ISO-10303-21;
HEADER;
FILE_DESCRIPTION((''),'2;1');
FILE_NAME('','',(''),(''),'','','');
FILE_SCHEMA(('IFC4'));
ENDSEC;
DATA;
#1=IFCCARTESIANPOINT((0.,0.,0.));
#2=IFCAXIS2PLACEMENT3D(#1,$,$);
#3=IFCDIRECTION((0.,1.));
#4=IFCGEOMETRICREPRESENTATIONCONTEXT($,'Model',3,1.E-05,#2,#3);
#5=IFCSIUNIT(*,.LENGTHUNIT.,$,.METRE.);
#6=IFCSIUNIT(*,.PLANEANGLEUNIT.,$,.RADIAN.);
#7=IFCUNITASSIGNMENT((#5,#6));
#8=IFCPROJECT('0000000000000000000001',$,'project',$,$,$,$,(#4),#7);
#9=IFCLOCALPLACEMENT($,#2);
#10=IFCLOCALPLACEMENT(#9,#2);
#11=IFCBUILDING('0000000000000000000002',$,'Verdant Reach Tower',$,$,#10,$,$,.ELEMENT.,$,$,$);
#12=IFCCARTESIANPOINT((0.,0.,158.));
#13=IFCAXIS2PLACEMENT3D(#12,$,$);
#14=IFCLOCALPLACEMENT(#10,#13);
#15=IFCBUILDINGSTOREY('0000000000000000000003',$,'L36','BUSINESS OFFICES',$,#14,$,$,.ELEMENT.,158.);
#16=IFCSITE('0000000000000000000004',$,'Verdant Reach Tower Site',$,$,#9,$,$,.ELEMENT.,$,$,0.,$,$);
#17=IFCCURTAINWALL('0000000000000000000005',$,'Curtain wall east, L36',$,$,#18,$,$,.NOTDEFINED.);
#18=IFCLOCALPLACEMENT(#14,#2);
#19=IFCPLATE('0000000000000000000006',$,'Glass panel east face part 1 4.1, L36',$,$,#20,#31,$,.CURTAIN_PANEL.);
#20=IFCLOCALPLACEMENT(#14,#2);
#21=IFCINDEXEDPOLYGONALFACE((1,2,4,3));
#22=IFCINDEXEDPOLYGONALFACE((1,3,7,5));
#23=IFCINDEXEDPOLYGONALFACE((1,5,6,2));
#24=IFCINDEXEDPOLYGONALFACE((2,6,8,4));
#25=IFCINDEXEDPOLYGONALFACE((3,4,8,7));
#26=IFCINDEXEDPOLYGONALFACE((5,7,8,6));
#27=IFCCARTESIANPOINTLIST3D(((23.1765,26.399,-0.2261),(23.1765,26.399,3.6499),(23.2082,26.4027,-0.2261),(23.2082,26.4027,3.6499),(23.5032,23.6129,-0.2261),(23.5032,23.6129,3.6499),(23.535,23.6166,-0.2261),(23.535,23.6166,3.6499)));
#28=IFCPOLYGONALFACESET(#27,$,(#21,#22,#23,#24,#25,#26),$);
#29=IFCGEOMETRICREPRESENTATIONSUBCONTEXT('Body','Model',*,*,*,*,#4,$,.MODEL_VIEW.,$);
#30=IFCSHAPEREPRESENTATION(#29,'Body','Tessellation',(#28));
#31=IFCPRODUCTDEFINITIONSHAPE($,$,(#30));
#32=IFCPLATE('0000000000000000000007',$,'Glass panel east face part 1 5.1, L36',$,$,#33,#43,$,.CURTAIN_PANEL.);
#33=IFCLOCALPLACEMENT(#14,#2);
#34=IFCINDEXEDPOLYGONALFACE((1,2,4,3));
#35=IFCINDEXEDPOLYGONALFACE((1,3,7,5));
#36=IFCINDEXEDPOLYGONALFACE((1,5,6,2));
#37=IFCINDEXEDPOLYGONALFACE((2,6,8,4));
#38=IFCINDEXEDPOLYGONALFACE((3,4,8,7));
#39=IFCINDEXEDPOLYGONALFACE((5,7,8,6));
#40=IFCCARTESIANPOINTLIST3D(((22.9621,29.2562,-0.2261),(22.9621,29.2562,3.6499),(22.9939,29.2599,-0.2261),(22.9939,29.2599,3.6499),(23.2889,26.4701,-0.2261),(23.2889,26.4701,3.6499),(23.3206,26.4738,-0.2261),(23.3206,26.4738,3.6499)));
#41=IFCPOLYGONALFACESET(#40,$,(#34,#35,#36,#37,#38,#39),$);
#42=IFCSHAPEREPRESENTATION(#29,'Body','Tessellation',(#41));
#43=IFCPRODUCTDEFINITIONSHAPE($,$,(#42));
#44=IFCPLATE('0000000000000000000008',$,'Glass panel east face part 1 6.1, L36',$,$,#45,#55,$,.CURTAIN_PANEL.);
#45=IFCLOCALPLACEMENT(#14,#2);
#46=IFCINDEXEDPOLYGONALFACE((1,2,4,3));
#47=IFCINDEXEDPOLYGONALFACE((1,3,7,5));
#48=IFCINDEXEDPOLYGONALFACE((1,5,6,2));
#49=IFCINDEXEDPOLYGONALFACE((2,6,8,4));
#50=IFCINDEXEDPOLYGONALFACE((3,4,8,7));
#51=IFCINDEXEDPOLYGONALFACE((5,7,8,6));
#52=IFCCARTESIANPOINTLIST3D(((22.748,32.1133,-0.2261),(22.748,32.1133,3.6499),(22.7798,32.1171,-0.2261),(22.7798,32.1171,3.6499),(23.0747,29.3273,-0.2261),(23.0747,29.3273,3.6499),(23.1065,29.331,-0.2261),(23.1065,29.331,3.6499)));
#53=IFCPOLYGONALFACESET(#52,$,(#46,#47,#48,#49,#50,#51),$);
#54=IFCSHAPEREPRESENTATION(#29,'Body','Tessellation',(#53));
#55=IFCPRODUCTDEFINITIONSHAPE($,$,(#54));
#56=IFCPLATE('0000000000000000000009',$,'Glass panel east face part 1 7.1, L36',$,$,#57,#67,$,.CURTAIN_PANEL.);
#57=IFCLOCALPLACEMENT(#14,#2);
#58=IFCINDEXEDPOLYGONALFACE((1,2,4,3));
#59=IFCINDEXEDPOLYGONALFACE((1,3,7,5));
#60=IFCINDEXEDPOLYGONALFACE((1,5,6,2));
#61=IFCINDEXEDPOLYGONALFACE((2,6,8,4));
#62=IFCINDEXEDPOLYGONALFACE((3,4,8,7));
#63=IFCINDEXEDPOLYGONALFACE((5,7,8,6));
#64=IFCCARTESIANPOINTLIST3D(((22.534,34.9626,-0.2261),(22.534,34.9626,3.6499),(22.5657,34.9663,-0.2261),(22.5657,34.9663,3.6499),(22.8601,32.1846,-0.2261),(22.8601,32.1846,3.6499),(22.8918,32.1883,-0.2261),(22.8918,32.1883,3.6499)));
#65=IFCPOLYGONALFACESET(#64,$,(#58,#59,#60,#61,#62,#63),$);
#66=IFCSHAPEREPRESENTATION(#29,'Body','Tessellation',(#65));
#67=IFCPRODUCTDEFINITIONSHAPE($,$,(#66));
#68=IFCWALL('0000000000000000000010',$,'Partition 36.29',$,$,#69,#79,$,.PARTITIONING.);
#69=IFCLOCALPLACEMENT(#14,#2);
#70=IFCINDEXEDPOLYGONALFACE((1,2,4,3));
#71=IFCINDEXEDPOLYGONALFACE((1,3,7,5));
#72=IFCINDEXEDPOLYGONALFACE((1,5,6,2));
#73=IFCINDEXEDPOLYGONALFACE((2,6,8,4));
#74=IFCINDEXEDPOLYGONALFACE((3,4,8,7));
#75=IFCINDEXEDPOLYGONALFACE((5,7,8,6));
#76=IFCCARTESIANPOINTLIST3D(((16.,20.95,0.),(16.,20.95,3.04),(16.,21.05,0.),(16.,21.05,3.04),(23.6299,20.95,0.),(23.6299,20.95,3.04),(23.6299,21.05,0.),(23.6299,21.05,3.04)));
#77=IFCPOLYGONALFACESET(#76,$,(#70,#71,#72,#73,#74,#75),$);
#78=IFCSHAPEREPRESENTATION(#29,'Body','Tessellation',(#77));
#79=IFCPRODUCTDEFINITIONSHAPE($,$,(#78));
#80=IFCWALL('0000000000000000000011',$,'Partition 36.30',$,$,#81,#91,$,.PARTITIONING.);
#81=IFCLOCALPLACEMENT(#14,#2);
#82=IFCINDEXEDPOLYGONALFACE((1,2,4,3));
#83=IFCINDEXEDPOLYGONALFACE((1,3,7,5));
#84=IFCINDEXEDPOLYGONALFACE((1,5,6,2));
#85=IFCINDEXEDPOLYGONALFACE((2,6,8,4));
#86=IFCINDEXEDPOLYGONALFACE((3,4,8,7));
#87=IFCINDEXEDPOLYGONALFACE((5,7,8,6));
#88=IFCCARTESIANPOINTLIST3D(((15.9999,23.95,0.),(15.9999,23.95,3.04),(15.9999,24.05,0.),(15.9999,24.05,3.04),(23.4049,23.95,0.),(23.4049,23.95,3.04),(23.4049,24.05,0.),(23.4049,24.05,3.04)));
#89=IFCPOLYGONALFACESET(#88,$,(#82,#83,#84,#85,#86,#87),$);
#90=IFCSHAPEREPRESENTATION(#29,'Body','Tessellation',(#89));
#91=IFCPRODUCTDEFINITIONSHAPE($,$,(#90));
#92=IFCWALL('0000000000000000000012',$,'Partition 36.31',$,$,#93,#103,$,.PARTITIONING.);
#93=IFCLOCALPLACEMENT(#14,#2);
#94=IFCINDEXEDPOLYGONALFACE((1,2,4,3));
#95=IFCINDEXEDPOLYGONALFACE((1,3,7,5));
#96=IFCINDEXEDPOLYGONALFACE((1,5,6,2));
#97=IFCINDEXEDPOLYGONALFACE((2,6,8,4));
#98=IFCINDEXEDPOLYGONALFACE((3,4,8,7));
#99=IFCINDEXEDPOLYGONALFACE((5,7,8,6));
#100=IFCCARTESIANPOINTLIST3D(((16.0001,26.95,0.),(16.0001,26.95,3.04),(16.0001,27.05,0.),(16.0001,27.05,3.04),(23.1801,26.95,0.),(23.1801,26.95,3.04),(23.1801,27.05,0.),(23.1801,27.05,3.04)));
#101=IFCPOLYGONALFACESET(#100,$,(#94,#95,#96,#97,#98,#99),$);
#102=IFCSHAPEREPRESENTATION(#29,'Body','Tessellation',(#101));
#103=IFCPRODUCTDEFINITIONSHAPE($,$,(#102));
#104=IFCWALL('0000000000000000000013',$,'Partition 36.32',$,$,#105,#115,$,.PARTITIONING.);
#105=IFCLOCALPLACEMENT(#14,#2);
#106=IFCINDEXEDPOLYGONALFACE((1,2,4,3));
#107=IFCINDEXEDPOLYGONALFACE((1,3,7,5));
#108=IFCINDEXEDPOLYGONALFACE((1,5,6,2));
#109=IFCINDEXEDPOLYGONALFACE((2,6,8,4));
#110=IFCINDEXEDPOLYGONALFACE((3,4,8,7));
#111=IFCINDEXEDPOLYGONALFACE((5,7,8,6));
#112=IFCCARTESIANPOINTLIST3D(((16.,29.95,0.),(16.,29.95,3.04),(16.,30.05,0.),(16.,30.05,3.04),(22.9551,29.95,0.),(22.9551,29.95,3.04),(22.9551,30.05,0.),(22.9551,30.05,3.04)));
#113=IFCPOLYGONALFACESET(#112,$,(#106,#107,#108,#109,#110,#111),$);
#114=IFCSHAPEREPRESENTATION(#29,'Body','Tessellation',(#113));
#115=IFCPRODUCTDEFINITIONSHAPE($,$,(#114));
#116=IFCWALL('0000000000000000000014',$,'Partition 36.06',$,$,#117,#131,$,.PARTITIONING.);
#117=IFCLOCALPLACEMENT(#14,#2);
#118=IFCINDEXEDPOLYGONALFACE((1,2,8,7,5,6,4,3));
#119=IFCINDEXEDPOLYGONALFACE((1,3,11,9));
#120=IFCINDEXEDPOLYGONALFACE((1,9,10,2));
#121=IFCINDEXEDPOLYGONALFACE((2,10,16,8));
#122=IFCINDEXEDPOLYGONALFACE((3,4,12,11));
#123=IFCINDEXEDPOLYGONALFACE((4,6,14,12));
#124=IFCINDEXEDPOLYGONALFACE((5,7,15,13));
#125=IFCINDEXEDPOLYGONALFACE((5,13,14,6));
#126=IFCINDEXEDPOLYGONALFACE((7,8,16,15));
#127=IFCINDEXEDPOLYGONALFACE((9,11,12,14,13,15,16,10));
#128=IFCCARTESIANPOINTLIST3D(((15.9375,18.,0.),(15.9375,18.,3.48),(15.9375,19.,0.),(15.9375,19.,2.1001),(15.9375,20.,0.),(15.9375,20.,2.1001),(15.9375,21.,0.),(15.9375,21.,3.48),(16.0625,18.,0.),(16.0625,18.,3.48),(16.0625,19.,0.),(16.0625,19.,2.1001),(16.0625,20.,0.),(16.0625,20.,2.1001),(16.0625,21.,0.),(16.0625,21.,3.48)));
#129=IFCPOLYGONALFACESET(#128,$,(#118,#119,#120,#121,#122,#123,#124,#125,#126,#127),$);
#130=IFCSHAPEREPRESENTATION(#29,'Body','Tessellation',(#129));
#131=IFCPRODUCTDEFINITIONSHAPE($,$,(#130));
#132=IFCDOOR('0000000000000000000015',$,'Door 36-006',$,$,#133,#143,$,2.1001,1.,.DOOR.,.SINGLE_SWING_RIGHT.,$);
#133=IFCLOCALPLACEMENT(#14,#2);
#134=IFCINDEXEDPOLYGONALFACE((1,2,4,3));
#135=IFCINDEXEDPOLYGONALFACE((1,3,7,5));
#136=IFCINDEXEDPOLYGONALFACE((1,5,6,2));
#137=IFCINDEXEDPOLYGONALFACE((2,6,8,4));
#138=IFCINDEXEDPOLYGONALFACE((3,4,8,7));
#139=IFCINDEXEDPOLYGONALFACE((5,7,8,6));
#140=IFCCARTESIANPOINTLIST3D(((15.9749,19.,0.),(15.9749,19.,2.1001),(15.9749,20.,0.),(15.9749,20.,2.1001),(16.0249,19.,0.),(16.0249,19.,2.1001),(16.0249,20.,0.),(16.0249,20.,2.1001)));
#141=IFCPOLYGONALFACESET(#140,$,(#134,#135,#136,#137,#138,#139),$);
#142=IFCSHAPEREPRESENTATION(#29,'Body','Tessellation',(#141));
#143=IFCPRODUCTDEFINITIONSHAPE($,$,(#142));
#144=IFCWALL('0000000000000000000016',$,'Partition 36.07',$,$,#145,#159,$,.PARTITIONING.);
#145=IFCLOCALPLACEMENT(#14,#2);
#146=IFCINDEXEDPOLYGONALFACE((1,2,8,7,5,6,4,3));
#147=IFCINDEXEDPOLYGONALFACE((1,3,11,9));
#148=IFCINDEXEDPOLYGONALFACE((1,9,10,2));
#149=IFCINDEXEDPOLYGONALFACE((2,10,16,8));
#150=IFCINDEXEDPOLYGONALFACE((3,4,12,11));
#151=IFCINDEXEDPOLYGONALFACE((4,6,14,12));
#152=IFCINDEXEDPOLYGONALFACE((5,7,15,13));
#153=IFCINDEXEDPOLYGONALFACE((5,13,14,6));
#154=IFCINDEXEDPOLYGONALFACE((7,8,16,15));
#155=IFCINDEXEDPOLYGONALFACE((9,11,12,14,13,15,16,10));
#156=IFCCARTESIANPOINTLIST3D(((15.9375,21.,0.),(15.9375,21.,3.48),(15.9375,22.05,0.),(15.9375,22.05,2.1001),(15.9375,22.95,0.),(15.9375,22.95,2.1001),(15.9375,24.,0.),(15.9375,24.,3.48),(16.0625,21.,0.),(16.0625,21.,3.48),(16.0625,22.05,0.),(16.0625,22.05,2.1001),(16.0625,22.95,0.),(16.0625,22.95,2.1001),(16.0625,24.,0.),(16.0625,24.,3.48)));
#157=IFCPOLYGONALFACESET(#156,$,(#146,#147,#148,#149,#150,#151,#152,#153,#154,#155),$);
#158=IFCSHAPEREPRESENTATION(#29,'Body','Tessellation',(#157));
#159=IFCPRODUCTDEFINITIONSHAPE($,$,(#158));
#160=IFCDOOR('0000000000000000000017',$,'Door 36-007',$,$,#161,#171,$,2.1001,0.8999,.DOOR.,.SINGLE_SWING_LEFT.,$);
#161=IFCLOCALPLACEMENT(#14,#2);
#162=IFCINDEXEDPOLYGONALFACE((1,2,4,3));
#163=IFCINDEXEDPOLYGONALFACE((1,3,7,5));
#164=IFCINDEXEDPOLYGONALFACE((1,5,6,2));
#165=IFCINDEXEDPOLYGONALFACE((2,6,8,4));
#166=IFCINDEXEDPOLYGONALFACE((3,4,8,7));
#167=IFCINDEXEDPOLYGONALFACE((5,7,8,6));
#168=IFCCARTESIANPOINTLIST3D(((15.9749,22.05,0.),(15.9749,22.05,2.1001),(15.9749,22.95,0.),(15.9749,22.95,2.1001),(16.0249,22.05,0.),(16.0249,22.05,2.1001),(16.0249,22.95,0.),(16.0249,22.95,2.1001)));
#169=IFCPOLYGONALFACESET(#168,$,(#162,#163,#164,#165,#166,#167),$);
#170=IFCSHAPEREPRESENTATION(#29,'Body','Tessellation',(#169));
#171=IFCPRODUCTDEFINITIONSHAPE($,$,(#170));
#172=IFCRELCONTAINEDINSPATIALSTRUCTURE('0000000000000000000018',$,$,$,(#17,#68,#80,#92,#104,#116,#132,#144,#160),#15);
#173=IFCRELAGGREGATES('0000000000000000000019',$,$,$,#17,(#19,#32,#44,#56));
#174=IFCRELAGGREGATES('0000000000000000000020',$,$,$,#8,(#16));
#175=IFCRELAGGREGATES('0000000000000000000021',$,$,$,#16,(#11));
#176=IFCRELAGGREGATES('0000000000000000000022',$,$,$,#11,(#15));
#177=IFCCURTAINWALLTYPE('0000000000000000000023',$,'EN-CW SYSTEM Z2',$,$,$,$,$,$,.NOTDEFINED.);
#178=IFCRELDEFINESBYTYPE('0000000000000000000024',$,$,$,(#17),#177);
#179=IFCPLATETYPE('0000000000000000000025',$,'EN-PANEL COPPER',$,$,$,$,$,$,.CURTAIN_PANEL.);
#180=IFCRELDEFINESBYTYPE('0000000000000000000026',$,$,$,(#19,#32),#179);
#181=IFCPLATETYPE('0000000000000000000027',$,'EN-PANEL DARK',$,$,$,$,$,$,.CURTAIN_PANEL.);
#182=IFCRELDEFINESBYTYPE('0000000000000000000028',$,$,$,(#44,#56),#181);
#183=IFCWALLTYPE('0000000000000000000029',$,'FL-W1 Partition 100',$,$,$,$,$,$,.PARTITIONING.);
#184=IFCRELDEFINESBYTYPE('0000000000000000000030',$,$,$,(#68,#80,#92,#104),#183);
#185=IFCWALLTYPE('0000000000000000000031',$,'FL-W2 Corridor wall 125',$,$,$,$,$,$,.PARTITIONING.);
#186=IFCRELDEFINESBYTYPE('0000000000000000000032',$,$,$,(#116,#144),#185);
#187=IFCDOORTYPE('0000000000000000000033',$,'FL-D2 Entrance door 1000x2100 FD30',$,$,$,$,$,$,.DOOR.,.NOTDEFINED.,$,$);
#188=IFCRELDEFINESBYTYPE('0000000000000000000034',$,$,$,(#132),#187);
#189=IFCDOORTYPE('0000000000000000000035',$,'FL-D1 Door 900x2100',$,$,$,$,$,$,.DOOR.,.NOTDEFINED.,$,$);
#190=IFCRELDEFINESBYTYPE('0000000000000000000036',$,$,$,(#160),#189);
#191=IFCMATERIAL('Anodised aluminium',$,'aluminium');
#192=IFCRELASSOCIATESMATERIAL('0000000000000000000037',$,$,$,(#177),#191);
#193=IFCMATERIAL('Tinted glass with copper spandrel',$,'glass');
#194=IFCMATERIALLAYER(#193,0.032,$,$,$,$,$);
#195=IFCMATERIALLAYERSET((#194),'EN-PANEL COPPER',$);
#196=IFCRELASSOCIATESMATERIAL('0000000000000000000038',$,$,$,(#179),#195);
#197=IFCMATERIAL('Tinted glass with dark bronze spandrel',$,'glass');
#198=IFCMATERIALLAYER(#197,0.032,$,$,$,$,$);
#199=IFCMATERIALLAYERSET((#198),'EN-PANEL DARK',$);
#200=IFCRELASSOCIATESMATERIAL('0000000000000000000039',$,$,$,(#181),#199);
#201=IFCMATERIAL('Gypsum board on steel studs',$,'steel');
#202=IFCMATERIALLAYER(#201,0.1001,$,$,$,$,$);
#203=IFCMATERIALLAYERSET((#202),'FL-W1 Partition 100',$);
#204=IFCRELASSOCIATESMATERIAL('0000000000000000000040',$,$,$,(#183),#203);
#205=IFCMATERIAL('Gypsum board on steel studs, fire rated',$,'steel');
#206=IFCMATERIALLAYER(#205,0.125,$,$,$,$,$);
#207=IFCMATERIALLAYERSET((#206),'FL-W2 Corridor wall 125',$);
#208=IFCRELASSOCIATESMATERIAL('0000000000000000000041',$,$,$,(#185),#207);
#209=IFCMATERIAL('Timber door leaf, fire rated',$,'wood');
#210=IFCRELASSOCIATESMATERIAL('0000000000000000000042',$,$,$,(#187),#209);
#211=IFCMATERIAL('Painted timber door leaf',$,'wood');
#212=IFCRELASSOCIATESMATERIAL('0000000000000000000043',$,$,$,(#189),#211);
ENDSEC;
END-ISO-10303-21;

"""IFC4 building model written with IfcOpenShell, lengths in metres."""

from ifc_helpers import new_model, si_unit, direction, frame, frame_2d, origin, origin_2d, place, context, subcontext, project, spatial, rectangle, extrude, material, layer, layer_set, type_object, element, fill, aggregate, save


model = new_model("IFC4")

# Units and contexts
model_context = context("Model", 3, precision=1e-05, world=origin(), true_north=direction((0.0, 1.0)))
body_context = subcontext(model_context, "Body", "Model", "MODEL_VIEW")
ifc_project = project(units=[si_unit("LENGTHUNIT", "METRE"), si_unit("PLANEANGLEUNIT", "RADIAN")], contexts=[model_context])

# Site, building, storey
site_placement = place(None, origin())
site = spatial("IfcSite", under=ifc_project, at=site_placement, Name="Verdant Reach Tower Site", CompositionType="ELEMENT", RefElevation=0.0)
building_placement = place(site_placement, origin())
building = spatial("IfcBuilding", under=site, at=building_placement, Name="Verdant Reach Tower", CompositionType="ELEMENT")
storey_placement = place(building_placement, frame((0.0, 0.0, 158.0)))
storey = spatial("IfcBuildingStorey", under=building, at=storey_placement, Name="L36", Description="BUSINESS OFFICES", CompositionType="ELEMENT", Elevation=158.0)

# Curtain wall, plates
ifc_material_1 = material(Name="Anodised aluminium", Category="aluminium")
curtain_wall_type = type_object("IfcCurtainWallType", Name="EN-CW SYSTEM Z2", PredefinedType="NOTDEFINED", material=ifc_material_1)
curtain_wall_placement = place(storey_placement, origin())
curtain_wall = element("IfcCurtainWall", 1, at=curtain_wall_placement, inside=storey, type_object=curtain_wall_type, Name="Curtain wall east, L36", PredefinedType="NOTDEFINED")
ifc_material_2 = material(Name="Tinted glass with copper spandrel", Category="glass")
ifc_layer_1 = layer(ifc_material_2, 0.032)
ifc_layer_set_1 = layer_set([ifc_layer_1], Name="EN-PANEL COPPER")
plate_type_1 = type_object("IfcPlateType", Name="EN-PANEL COPPER", PredefinedType="CURTAIN_PANEL", material=ifc_layer_set_1)
plate_1_placement = place(storey_placement, frame((23.3557, 25.0078, -0.2261), z_axis=(0.0, 0.0, 1.0), x_axis=(-0.116483, 0.993193, 0.0)))
plate_1 = element("IfcPlate", 2, at=plate_1_placement, type_object=plate_type_1, Name="Glass panel east face part 1 4.1, L36", PredefinedType="CURTAIN_PANEL", context=body_context, shape_type="SweptSolid", body=[
    extrude(rectangle(XDim=2.8052, YDim=0.032, at=origin_2d()), origin(), (0.0, 0.0, 1.0), 3.876),
])
plate_2_placement = place(storey_placement, frame((23.1414, 27.865, -0.2261), z_axis=(0.0, 0.0, 1.0), x_axis=(-0.116483, 0.993193, 0.0)))
plate_2 = element("IfcPlate", 3, at=plate_2_placement, type_object=plate_type_1, Name="Glass panel east face part 1 5.1, L36", PredefinedType="CURTAIN_PANEL", context=body_context, shape_type="SweptSolid", body=[
    extrude(rectangle(XDim=2.8052, YDim=0.032, at=origin_2d()), origin(), (0.0, 0.0, 1.0), 3.876),
])
ifc_material_3 = material(Name="Tinted glass with dark bronze spandrel", Category="glass")
ifc_layer_2 = layer(ifc_material_3, 0.032)
ifc_layer_set_2 = layer_set([ifc_layer_2], Name="EN-PANEL DARK")
plate_type_2 = type_object("IfcPlateType", Name="EN-PANEL DARK", PredefinedType="CURTAIN_PANEL", material=ifc_layer_set_2)
plate_3_placement = place(storey_placement, frame((22.9272, 30.7222, -0.2261), z_axis=(0.0, 0.0, 1.0), x_axis=(-0.116483, 0.993193, 0.0)))
plate_3 = element("IfcPlate", 4, at=plate_3_placement, type_object=plate_type_2, Name="Glass panel east face part 1 6.1, L36", PredefinedType="CURTAIN_PANEL", context=body_context, shape_type="SweptSolid", body=[
    extrude(rectangle(XDim=2.8052, YDim=0.032, at=origin_2d()), origin(), (0.0, 0.0, 1.0), 3.876),
])
plate_4_placement = place(storey_placement, frame((22.7129, 33.5754, -0.2261), z_axis=(0.0, 0.0, 1.0), x_axis=(-0.116586, 0.993181, 0.0)))
plate_4 = element("IfcPlate", 5, at=plate_4_placement, type_object=plate_type_2, Name="Glass panel east face part 1 7.1, L36", PredefinedType="CURTAIN_PANEL", context=body_context, shape_type="SweptSolid", body=[
    extrude(rectangle(XDim=2.7971, YDim=0.032, at=origin_2d()), origin(), (0.0, 0.0, 1.0), 3.876),
])
aggregate(curtain_wall, [plate_1, plate_2, plate_3, plate_4])

# Walls
ifc_material_4 = material(Name="Gypsum board on steel studs", Category="steel")
ifc_layer_3 = layer(ifc_material_4, 0.1001)
ifc_layer_set_3 = layer_set([ifc_layer_3], Name="FL-W1 Partition 100")
wall_type_1 = type_object("IfcWallType", Name="FL-W1 Partition 100", PredefinedType="PARTITIONING", material=ifc_layer_set_3)
wall_1_placement = place(storey_placement, frame((23.6299, 21.0, 0.0), z_axis=(0.0, 0.0, 1.0), x_axis=(-1.0, 0.0, 0.0)))
element("IfcWall", 6, at=wall_1_placement, inside=storey, type_object=wall_type_1, Name="Partition 36.29", PredefinedType="PARTITIONING", context=body_context, shape_type="SweptSolid", body=[
    extrude(rectangle(XDim=7.6299, YDim=0.1001, at=frame_2d((3.8149, 0.0))), origin(), (0.0, 0.0, 1.0), 3.04),
])
wall_2_placement = place(storey_placement, frame((23.405, 24.0, 0.0), z_axis=(0.0, 0.0, 1.0), x_axis=(-1.0, 0.0, 0.0)))
element("IfcWall", 7, at=wall_2_placement, inside=storey, type_object=wall_type_1, Name="Partition 36.30", PredefinedType="PARTITIONING", context=body_context, shape_type="SweptSolid", body=[
    extrude(rectangle(XDim=7.405, YDim=0.1001, at=frame_2d((3.7026, 0.0))), origin(), (0.0, 0.0, 1.0), 3.04),
])
wall_3_placement = place(storey_placement, frame((23.1799, 27.0, 0.0), z_axis=(0.0, 0.0, 1.0), x_axis=(-1.0, 0.0, 0.0)))
element("IfcWall", 8, at=wall_3_placement, inside=storey, type_object=wall_type_1, Name="Partition 36.31", PredefinedType="PARTITIONING", context=body_context, shape_type="SweptSolid", body=[
    extrude(rectangle(XDim=7.1799, YDim=0.1001, at=frame_2d((3.5898, 0.0))), origin(), (0.0, 0.0, 1.0), 3.04),
])
wall_4_placement = place(storey_placement, frame((22.9551, 30.0, 0.0), z_axis=(0.0, 0.0, 1.0), x_axis=(-1.0, 0.0, 0.0)))
element("IfcWall", 9, at=wall_4_placement, inside=storey, type_object=wall_type_1, Name="Partition 36.32", PredefinedType="PARTITIONING", context=body_context, shape_type="SweptSolid", body=[
    extrude(rectangle(XDim=6.9551, YDim=0.1001, at=frame_2d((3.4775, 0.0))), origin(), (0.0, 0.0, 1.0), 3.04),
])

# Walls, openings, doors
ifc_material_5 = material(Name="Gypsum board on steel studs, fire rated", Category="steel")
ifc_layer_4 = layer(ifc_material_5, 0.125)
ifc_layer_set_4 = layer_set([ifc_layer_4], Name="FL-W2 Corridor wall 125")
wall_type_2 = type_object("IfcWallType", Name="FL-W2 Corridor wall 125", PredefinedType="PARTITIONING", material=ifc_layer_set_4)
wall_5_placement = place(storey_placement, frame((16.0, 21.0, 0.0), z_axis=(0.0, 0.0, 1.0), x_axis=(0.0, -1.0, 0.0)))
wall_5 = element("IfcWall", 10, at=wall_5_placement, inside=storey, type_object=wall_type_2, Name="Partition 36.06", PredefinedType="PARTITIONING", context=body_context, shape_type="SweptSolid", body=[
    extrude(rectangle(XDim=3.0, YDim=0.125, at=frame_2d((1.5, 0.0))), origin(), (0.0, 0.0, 1.0), 3.48),
])
opening_1_placement = place(wall_5_placement, frame((1.0, 0.0, 0.0)))
opening_1 = element("IfcOpeningElement", 11, at=opening_1_placement, cuts=wall_5, PredefinedType="OPENING", context=body_context, shape_type="SweptSolid", body=[
    extrude(rectangle(XDim=1.0, YDim=2.1001, at=frame_2d((0.5, 1.05))), frame((0.0, 0.0725, 0.0), z_axis=(0.0, -1.0, 0.0), x_axis=(1.0, 0.0, 0.0)), (0.0, 0.0, 1.0), 0.145),
])
ifc_material_6 = material(Name="Timber door leaf, fire rated", Category="wood")
door_type_1 = type_object("IfcDoorType", Name="FL-D2 Entrance door 1000x2100 FD30", OperationType="NOTDEFINED", PredefinedType="DOOR", material=ifc_material_6)
door_1_placement = place(opening_1_placement, origin())
door_1 = element("IfcDoor", 12, at=door_1_placement, inside=storey, type_object=door_type_1, Name="Door 36-006", OperationType="SINGLE_SWING_RIGHT", OverallHeight=2.1001, OverallWidth=1.0, PredefinedType="DOOR", context=body_context, shape_type="SweptSolid", body=[
    extrude(rectangle(XDim=1.0, YDim=2.1001, at=frame_2d((0.5, 1.05))), frame((0.0, 0.0249, 0.0), z_axis=(0.0, -1.0, 0.0), x_axis=(1.0, 0.0, 0.0)), (0.0, 0.0, 1.0), 0.05),
])
fill(opening_1, door_1)
wall_6_placement = place(storey_placement, frame((16.0, 24.0, 0.0), z_axis=(0.0, 0.0, 1.0), x_axis=(0.0, -1.0, 0.0)))
wall_6 = element("IfcWall", 13, at=wall_6_placement, inside=storey, type_object=wall_type_2, Name="Partition 36.07", PredefinedType="PARTITIONING", context=body_context, shape_type="SweptSolid", body=[
    extrude(rectangle(XDim=3.0, YDim=0.125, at=frame_2d((1.5, 0.0))), origin(), (0.0, 0.0, 1.0), 3.48),
])
opening_2_placement = place(wall_6_placement, frame((1.05, 0.0, 0.0)))
opening_2 = element("IfcOpeningElement", 14, at=opening_2_placement, cuts=wall_6, PredefinedType="OPENING", context=body_context, shape_type="SweptSolid", body=[
    extrude(rectangle(XDim=0.8999, YDim=2.1001, at=frame_2d((0.45, 1.05))), frame((0.0, 0.0725, 0.0), z_axis=(0.0, -1.0, 0.0), x_axis=(1.0, 0.0, 0.0)), (0.0, 0.0, 1.0), 0.145),
])
ifc_material_7 = material(Name="Painted timber door leaf", Category="wood")
door_type_2 = type_object("IfcDoorType", Name="FL-D1 Door 900x2100", OperationType="NOTDEFINED", PredefinedType="DOOR", material=ifc_material_7)
door_2_placement = place(opening_2_placement, origin())
door_2 = element("IfcDoor", 15, at=door_2_placement, inside=storey, type_object=door_type_2, Name="Door 36-007", OperationType="SINGLE_SWING_LEFT", OverallHeight=2.1001, OverallWidth=0.8999, PredefinedType="DOOR", context=body_context, shape_type="SweptSolid", body=[
    extrude(rectangle(XDim=0.8999, YDim=2.1001, at=frame_2d((0.45, 1.05))), frame((0.0, 0.0249, 0.0), z_axis=(0.0, -1.0, 0.0), x_axis=(1.0, 0.0, 0.0)), (0.0, 0.0, 1.0), 0.05),
])
fill(opening_2, door_2)

save(model, "model.ifc")
